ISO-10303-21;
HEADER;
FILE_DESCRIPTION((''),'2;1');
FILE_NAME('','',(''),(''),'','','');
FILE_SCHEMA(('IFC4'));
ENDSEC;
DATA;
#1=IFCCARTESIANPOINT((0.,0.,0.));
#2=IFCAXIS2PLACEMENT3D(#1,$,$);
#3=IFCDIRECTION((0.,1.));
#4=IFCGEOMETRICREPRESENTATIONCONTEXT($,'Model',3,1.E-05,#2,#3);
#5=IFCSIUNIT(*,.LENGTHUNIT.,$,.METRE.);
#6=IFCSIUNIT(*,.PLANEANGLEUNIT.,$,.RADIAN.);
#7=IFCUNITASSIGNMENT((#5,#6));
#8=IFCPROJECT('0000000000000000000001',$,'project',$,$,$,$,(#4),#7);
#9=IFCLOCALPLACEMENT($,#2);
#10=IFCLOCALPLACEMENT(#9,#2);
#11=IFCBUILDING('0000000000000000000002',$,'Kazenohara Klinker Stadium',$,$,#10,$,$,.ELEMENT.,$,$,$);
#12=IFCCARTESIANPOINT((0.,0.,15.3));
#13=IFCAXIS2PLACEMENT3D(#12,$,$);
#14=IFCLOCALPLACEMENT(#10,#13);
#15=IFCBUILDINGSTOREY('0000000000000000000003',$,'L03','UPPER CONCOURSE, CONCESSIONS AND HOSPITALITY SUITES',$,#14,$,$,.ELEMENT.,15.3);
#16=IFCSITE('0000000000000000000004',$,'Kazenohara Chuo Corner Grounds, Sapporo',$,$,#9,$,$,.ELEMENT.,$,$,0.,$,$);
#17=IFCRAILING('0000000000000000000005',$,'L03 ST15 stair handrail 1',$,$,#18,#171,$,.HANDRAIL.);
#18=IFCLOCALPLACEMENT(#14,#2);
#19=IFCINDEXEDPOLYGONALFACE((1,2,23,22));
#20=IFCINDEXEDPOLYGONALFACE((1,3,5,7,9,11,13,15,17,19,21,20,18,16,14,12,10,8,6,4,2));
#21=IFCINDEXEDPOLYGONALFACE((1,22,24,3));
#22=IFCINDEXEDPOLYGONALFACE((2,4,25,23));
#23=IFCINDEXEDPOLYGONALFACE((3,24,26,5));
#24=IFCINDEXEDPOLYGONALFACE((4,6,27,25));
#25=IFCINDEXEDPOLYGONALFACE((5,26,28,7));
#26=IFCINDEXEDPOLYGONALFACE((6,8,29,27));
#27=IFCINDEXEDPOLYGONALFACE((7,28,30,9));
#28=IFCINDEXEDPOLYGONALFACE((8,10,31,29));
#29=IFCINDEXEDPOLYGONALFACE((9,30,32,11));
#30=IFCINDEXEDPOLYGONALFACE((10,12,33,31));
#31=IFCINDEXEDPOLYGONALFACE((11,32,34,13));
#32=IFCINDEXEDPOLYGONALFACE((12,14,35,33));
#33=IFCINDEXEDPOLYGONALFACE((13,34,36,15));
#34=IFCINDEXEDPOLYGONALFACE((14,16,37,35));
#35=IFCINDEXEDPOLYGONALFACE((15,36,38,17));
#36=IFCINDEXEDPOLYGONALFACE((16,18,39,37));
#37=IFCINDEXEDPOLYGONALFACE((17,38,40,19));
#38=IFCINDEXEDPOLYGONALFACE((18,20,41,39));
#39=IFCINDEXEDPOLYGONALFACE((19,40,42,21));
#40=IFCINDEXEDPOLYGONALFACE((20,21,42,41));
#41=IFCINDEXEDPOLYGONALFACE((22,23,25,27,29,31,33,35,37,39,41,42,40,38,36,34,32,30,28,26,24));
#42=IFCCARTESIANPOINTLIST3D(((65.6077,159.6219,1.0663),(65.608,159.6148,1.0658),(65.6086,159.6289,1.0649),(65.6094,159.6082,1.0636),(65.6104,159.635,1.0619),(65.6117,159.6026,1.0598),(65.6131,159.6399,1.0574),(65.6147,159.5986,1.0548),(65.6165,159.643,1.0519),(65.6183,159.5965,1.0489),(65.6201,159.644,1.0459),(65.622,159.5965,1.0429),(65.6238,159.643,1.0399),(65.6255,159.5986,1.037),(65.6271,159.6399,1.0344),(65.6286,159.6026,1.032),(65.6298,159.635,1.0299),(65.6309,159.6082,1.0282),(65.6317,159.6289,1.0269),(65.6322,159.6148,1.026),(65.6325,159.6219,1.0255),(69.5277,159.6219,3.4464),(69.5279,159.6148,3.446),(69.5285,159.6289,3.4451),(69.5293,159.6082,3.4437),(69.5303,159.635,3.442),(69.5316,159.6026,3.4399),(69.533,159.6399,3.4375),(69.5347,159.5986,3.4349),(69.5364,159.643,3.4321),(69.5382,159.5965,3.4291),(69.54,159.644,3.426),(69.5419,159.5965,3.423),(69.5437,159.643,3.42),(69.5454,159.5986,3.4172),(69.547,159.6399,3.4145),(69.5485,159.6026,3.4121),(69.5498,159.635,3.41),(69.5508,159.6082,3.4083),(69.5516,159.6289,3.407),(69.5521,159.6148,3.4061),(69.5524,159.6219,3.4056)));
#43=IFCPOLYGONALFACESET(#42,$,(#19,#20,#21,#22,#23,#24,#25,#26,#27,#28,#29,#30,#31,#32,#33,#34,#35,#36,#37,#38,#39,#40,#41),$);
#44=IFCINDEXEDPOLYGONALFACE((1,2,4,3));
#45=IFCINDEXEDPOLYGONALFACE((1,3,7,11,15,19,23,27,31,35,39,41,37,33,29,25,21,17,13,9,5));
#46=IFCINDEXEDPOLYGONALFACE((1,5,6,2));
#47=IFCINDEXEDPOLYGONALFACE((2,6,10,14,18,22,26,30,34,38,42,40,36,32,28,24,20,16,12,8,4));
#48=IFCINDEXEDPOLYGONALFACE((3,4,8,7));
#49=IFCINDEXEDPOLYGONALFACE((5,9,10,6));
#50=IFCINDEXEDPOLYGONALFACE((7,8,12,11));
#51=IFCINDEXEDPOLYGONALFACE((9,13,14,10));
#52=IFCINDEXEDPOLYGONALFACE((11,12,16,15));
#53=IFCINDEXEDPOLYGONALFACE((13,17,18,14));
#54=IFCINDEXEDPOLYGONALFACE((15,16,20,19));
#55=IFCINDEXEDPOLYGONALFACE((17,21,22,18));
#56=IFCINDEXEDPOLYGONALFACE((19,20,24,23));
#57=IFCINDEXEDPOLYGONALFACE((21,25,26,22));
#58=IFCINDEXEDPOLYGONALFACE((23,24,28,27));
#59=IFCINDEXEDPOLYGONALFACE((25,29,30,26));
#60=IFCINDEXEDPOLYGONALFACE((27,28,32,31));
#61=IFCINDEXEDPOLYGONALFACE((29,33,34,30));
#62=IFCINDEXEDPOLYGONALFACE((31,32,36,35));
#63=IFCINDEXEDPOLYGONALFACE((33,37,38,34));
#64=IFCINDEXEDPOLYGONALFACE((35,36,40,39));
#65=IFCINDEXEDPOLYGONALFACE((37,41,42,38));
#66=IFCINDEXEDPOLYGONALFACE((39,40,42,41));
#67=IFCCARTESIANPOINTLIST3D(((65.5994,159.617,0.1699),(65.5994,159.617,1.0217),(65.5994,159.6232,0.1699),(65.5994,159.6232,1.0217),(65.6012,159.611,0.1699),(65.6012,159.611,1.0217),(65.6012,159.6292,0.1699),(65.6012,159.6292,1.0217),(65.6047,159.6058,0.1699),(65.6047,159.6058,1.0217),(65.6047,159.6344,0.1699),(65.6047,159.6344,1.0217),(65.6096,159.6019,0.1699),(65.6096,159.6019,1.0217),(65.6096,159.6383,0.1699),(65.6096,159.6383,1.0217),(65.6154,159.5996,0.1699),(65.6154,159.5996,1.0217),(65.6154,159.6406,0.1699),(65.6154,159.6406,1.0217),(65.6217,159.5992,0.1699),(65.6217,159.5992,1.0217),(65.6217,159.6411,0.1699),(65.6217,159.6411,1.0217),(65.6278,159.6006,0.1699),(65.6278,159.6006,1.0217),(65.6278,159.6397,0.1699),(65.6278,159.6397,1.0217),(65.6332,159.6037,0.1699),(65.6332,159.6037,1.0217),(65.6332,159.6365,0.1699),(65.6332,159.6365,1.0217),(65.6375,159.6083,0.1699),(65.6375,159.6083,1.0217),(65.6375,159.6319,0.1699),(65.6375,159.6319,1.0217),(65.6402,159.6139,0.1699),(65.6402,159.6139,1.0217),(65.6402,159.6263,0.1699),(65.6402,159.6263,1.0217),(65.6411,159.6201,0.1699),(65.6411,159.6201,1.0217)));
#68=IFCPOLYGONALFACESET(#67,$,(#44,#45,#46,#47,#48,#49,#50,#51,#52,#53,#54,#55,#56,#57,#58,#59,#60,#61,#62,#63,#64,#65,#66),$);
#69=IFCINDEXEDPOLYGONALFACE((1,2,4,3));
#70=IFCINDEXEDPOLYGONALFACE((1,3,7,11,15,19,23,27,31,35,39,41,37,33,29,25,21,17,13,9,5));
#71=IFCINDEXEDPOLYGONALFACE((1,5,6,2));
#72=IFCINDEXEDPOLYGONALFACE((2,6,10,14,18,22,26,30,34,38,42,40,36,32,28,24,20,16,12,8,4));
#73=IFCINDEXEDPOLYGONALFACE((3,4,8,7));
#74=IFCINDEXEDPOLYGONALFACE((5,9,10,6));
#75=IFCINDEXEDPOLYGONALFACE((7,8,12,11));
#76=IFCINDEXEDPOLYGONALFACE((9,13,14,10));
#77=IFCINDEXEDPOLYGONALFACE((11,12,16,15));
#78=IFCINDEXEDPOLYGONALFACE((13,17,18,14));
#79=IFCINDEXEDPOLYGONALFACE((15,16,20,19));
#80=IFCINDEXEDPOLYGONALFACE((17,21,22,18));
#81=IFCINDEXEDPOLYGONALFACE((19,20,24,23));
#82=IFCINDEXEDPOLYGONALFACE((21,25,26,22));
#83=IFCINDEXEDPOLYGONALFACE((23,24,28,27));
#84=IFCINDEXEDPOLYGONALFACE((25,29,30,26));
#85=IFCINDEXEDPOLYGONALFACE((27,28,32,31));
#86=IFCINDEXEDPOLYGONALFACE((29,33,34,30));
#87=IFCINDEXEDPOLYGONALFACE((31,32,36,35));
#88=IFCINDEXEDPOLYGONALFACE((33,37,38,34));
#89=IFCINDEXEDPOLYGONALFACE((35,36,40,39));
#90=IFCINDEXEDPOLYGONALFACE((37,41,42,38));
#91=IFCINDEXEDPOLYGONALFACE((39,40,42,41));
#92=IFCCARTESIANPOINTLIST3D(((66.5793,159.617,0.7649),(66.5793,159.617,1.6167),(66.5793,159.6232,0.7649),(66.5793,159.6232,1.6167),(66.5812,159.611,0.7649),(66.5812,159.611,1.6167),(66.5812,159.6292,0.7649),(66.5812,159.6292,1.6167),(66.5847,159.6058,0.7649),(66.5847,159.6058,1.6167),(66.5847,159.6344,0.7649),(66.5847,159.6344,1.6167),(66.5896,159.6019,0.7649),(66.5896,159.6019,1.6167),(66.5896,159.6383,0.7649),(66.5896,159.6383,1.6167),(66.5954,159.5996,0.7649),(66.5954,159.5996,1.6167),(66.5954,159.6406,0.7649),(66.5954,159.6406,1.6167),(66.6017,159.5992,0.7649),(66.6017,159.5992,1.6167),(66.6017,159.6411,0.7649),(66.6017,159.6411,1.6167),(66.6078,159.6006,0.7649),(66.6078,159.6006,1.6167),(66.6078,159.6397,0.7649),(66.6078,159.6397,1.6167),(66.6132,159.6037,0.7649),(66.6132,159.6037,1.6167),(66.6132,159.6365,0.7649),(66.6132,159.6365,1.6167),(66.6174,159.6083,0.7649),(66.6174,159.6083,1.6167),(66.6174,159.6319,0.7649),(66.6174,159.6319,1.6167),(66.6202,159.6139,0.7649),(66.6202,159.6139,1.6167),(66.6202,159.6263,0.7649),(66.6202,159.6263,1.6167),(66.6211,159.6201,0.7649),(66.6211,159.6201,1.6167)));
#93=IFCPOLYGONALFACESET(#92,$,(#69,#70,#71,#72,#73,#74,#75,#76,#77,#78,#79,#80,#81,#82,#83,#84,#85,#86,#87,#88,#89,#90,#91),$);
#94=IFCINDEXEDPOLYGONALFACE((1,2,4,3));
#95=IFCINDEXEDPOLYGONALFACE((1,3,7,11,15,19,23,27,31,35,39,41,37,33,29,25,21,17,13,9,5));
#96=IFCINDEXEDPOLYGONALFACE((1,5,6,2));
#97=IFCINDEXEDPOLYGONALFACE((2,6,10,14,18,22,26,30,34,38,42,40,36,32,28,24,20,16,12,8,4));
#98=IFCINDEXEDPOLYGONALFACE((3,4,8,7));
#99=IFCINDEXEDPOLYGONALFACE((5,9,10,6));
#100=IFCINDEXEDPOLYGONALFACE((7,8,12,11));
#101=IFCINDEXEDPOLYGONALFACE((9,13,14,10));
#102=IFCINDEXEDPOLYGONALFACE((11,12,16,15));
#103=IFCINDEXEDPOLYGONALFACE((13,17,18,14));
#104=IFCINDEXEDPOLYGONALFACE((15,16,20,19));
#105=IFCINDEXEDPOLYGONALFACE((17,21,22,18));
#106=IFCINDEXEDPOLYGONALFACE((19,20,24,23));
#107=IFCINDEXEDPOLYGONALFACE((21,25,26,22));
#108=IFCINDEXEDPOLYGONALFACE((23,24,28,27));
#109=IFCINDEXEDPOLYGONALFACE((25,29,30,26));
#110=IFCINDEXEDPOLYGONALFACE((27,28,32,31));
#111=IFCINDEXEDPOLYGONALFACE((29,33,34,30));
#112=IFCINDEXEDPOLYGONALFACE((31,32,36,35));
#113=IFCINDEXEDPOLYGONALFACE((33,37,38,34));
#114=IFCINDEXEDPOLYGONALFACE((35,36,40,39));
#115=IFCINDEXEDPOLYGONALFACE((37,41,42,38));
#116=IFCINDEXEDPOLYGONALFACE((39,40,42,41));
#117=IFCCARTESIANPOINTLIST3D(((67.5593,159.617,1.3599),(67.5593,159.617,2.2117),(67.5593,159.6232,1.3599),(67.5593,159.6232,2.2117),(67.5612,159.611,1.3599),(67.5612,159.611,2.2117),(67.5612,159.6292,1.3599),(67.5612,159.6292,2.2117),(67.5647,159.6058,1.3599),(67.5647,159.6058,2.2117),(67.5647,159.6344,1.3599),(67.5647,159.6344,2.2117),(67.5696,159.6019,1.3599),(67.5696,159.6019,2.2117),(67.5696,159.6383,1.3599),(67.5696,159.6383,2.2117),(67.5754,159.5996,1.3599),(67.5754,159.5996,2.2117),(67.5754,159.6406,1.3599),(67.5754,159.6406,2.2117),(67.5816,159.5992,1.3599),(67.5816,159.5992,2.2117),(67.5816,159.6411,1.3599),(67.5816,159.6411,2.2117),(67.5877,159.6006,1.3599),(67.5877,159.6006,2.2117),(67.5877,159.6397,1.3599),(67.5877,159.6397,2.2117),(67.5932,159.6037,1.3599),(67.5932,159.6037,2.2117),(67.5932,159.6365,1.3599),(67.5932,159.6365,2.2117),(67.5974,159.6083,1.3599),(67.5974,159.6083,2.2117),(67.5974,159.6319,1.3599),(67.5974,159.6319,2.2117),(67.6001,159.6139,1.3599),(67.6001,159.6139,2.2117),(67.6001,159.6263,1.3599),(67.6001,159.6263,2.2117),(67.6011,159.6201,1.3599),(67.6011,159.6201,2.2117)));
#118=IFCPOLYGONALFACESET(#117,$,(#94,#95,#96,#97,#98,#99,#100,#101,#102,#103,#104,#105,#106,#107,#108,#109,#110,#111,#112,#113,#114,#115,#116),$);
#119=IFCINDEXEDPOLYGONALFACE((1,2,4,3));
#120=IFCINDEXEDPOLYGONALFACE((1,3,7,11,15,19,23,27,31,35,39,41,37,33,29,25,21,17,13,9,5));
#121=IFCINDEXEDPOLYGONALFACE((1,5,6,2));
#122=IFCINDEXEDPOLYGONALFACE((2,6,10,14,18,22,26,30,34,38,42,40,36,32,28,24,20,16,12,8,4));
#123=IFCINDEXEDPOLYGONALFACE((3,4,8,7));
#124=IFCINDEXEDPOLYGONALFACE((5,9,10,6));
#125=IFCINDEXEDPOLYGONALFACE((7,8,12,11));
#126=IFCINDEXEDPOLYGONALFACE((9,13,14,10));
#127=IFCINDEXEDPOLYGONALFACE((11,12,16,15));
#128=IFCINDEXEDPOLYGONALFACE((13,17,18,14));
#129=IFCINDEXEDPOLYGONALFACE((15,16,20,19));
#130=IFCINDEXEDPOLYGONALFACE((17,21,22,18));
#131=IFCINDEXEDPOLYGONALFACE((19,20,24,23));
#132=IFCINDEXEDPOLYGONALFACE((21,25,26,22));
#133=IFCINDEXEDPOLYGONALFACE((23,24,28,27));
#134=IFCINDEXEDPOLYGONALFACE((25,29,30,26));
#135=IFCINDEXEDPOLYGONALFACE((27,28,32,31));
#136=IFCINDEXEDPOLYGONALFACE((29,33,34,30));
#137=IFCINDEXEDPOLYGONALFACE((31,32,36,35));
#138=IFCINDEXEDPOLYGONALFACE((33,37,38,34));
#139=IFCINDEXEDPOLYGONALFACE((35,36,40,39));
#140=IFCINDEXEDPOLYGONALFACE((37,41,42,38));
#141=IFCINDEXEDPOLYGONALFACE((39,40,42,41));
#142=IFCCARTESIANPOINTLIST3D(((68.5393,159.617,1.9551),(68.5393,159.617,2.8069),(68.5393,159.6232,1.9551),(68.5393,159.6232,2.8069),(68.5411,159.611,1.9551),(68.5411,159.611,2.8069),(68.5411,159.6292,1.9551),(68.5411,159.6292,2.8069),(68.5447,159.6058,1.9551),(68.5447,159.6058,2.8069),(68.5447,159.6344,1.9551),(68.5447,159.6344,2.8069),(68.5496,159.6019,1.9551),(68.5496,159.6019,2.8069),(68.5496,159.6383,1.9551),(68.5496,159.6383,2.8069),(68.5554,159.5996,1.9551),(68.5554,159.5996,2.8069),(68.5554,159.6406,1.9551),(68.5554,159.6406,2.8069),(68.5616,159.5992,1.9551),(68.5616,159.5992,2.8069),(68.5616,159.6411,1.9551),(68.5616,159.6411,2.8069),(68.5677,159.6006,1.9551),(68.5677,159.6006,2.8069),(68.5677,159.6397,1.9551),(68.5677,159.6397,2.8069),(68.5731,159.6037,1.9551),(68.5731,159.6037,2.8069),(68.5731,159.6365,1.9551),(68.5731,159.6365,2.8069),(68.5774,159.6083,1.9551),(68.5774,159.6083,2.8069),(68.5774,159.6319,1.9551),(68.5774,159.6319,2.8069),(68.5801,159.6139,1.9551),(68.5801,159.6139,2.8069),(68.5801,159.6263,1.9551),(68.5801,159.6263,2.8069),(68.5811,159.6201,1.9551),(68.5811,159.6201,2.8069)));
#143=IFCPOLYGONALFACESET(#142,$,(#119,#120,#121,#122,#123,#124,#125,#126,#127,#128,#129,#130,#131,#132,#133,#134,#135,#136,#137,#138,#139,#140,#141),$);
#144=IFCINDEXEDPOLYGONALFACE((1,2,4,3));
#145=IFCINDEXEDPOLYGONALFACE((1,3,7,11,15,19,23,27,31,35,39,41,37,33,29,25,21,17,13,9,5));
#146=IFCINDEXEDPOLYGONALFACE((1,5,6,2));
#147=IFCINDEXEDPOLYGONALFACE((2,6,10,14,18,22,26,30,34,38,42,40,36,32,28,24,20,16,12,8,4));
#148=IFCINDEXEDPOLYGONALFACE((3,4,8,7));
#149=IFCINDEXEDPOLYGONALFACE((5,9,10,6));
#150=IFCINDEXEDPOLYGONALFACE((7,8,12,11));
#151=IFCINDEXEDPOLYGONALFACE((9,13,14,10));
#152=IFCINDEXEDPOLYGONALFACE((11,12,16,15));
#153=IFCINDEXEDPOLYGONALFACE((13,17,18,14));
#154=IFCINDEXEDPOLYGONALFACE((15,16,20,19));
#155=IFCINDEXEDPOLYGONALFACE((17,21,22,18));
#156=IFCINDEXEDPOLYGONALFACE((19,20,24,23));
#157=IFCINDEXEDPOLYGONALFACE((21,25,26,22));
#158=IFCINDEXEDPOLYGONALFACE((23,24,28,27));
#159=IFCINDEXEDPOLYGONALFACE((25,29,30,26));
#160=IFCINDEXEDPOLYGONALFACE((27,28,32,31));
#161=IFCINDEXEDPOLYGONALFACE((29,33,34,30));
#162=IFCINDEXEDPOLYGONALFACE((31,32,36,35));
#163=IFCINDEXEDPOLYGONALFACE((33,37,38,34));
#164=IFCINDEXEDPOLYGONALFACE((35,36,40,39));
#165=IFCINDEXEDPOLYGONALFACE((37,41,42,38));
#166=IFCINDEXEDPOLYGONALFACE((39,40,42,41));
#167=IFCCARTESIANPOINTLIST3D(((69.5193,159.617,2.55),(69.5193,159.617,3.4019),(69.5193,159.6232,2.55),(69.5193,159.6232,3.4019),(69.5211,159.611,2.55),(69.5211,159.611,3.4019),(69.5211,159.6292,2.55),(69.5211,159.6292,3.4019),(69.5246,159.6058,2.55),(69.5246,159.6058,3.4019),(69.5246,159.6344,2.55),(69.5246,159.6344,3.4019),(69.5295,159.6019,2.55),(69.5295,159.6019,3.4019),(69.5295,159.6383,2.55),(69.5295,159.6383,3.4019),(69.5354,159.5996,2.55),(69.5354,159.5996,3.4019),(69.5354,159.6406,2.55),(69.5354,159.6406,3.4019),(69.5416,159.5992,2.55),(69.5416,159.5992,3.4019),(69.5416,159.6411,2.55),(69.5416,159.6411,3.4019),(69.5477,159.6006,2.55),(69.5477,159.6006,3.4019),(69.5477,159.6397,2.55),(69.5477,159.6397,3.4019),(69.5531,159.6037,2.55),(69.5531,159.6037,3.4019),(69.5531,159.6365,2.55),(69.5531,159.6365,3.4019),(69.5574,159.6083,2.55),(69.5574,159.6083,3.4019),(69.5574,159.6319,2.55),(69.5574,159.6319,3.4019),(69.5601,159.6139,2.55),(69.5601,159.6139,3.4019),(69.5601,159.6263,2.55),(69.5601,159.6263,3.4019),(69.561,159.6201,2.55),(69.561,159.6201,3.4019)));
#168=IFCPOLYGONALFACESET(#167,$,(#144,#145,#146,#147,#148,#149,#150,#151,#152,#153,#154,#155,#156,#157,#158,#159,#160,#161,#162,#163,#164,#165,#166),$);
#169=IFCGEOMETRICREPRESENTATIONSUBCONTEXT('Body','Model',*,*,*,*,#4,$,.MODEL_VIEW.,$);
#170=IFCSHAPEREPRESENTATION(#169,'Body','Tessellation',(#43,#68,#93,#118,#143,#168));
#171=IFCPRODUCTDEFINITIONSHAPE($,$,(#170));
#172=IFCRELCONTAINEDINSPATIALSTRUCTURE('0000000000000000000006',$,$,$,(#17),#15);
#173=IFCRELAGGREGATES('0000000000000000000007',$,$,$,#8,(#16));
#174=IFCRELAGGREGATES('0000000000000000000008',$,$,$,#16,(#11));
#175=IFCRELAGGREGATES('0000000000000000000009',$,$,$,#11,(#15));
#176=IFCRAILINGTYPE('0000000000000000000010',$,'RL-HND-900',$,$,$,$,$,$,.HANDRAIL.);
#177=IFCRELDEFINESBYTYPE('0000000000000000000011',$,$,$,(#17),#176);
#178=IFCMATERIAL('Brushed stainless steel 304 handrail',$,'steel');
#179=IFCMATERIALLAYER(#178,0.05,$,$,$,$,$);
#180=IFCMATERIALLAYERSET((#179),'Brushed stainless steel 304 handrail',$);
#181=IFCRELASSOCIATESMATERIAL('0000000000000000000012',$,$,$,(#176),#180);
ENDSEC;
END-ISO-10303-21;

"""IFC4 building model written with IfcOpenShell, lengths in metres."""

from ifc_helpers import new_model, si_unit, direction, frame, origin, origin_2d, place, context, subcontext, project, spatial, circle, extrude, material, layer, layer_set, type_object, element, save


model = new_model("IFC4")

# Units and contexts
model_context = context("Model", 3, precision=1e-05, world=origin(), true_north=direction((0.0, 1.0)))
body_context = subcontext(model_context, "Body", "Model", "MODEL_VIEW")
ifc_project = project(units=[si_unit("LENGTHUNIT", "METRE"), si_unit("PLANEANGLEUNIT", "RADIAN")], contexts=[model_context])

# Site, building, storey
site_placement = place(None, origin())
site = spatial("IfcSite", under=ifc_project, at=site_placement, Name="Kazenohara Chuo Corner Grounds, Sapporo", CompositionType="ELEMENT", RefElevation=0.0)
building_placement = place(site_placement, origin())
building = spatial("IfcBuilding", under=site, at=building_placement, Name="Kazenohara Klinker Stadium", CompositionType="ELEMENT")
storey_placement = place(building_placement, frame((0.0, 0.0, 15.3)))
storey = spatial("IfcBuildingStorey", under=building, at=storey_placement, Name="L03", Description="UPPER CONCOURSE, CONCESSIONS AND HOSPITALITY SUITES", CompositionType="ELEMENT", Elevation=15.3)

# Railing
ifc_material_1 = material(Name="Brushed stainless steel 304 handrail", Category="steel")
ifc_layer_1 = layer(ifc_material_1, 0.05)
ifc_layer_set_1 = layer_set([ifc_layer_1], Name="Brushed stainless steel 304 handrail")
railing_type_1 = type_object("IfcRailingType", Name="RL-HND-900", PredefinedType="HANDRAIL", material=ifc_layer_set_1)
railing_1_placement = place(storey_placement, frame((65.6201, 159.6201, 0.1699)))
element("IfcRailing", 1, at=railing_1_placement, inside=storey, type_object=railing_type_1, Name="L03 ST15 stair handrail 1", PredefinedType="HANDRAIL", context=body_context, shape_type="SweptSolid", body=[
    extrude(circle(Radius=0.0239, at=origin_2d()), frame((0.0, 0.0, 0.876), z_axis=(0.854771, 0.0, 0.519006), x_axis=(0.0, 1.0, 0.0)), (0.0, 0.0, 1.0), 4.5859),
    extrude(circle(Radius=0.021, at=origin_2d()), origin(), (0.0, 0.0, 1.0), 0.8518),
    extrude(circle(Radius=0.021, at=origin_2d()), frame((0.98, 0.0, 0.595)), (0.0, 0.0, 1.0), 0.8518),
    extrude(circle(Radius=0.021, at=origin_2d()), frame((1.96, 0.0, 1.1899)), (0.0, 0.0, 1.0), 0.8518),
    extrude(circle(Radius=0.021, at=origin_2d()), frame((2.9399, 0.0, 1.7852)), (0.0, 0.0, 1.0), 0.8518),
    extrude(circle(Radius=0.021, at=origin_2d()), frame((3.9199, 0.0, 2.3801)), (0.0, 0.0, 1.0), 0.8518),
])

save(model, "model.ifc")
